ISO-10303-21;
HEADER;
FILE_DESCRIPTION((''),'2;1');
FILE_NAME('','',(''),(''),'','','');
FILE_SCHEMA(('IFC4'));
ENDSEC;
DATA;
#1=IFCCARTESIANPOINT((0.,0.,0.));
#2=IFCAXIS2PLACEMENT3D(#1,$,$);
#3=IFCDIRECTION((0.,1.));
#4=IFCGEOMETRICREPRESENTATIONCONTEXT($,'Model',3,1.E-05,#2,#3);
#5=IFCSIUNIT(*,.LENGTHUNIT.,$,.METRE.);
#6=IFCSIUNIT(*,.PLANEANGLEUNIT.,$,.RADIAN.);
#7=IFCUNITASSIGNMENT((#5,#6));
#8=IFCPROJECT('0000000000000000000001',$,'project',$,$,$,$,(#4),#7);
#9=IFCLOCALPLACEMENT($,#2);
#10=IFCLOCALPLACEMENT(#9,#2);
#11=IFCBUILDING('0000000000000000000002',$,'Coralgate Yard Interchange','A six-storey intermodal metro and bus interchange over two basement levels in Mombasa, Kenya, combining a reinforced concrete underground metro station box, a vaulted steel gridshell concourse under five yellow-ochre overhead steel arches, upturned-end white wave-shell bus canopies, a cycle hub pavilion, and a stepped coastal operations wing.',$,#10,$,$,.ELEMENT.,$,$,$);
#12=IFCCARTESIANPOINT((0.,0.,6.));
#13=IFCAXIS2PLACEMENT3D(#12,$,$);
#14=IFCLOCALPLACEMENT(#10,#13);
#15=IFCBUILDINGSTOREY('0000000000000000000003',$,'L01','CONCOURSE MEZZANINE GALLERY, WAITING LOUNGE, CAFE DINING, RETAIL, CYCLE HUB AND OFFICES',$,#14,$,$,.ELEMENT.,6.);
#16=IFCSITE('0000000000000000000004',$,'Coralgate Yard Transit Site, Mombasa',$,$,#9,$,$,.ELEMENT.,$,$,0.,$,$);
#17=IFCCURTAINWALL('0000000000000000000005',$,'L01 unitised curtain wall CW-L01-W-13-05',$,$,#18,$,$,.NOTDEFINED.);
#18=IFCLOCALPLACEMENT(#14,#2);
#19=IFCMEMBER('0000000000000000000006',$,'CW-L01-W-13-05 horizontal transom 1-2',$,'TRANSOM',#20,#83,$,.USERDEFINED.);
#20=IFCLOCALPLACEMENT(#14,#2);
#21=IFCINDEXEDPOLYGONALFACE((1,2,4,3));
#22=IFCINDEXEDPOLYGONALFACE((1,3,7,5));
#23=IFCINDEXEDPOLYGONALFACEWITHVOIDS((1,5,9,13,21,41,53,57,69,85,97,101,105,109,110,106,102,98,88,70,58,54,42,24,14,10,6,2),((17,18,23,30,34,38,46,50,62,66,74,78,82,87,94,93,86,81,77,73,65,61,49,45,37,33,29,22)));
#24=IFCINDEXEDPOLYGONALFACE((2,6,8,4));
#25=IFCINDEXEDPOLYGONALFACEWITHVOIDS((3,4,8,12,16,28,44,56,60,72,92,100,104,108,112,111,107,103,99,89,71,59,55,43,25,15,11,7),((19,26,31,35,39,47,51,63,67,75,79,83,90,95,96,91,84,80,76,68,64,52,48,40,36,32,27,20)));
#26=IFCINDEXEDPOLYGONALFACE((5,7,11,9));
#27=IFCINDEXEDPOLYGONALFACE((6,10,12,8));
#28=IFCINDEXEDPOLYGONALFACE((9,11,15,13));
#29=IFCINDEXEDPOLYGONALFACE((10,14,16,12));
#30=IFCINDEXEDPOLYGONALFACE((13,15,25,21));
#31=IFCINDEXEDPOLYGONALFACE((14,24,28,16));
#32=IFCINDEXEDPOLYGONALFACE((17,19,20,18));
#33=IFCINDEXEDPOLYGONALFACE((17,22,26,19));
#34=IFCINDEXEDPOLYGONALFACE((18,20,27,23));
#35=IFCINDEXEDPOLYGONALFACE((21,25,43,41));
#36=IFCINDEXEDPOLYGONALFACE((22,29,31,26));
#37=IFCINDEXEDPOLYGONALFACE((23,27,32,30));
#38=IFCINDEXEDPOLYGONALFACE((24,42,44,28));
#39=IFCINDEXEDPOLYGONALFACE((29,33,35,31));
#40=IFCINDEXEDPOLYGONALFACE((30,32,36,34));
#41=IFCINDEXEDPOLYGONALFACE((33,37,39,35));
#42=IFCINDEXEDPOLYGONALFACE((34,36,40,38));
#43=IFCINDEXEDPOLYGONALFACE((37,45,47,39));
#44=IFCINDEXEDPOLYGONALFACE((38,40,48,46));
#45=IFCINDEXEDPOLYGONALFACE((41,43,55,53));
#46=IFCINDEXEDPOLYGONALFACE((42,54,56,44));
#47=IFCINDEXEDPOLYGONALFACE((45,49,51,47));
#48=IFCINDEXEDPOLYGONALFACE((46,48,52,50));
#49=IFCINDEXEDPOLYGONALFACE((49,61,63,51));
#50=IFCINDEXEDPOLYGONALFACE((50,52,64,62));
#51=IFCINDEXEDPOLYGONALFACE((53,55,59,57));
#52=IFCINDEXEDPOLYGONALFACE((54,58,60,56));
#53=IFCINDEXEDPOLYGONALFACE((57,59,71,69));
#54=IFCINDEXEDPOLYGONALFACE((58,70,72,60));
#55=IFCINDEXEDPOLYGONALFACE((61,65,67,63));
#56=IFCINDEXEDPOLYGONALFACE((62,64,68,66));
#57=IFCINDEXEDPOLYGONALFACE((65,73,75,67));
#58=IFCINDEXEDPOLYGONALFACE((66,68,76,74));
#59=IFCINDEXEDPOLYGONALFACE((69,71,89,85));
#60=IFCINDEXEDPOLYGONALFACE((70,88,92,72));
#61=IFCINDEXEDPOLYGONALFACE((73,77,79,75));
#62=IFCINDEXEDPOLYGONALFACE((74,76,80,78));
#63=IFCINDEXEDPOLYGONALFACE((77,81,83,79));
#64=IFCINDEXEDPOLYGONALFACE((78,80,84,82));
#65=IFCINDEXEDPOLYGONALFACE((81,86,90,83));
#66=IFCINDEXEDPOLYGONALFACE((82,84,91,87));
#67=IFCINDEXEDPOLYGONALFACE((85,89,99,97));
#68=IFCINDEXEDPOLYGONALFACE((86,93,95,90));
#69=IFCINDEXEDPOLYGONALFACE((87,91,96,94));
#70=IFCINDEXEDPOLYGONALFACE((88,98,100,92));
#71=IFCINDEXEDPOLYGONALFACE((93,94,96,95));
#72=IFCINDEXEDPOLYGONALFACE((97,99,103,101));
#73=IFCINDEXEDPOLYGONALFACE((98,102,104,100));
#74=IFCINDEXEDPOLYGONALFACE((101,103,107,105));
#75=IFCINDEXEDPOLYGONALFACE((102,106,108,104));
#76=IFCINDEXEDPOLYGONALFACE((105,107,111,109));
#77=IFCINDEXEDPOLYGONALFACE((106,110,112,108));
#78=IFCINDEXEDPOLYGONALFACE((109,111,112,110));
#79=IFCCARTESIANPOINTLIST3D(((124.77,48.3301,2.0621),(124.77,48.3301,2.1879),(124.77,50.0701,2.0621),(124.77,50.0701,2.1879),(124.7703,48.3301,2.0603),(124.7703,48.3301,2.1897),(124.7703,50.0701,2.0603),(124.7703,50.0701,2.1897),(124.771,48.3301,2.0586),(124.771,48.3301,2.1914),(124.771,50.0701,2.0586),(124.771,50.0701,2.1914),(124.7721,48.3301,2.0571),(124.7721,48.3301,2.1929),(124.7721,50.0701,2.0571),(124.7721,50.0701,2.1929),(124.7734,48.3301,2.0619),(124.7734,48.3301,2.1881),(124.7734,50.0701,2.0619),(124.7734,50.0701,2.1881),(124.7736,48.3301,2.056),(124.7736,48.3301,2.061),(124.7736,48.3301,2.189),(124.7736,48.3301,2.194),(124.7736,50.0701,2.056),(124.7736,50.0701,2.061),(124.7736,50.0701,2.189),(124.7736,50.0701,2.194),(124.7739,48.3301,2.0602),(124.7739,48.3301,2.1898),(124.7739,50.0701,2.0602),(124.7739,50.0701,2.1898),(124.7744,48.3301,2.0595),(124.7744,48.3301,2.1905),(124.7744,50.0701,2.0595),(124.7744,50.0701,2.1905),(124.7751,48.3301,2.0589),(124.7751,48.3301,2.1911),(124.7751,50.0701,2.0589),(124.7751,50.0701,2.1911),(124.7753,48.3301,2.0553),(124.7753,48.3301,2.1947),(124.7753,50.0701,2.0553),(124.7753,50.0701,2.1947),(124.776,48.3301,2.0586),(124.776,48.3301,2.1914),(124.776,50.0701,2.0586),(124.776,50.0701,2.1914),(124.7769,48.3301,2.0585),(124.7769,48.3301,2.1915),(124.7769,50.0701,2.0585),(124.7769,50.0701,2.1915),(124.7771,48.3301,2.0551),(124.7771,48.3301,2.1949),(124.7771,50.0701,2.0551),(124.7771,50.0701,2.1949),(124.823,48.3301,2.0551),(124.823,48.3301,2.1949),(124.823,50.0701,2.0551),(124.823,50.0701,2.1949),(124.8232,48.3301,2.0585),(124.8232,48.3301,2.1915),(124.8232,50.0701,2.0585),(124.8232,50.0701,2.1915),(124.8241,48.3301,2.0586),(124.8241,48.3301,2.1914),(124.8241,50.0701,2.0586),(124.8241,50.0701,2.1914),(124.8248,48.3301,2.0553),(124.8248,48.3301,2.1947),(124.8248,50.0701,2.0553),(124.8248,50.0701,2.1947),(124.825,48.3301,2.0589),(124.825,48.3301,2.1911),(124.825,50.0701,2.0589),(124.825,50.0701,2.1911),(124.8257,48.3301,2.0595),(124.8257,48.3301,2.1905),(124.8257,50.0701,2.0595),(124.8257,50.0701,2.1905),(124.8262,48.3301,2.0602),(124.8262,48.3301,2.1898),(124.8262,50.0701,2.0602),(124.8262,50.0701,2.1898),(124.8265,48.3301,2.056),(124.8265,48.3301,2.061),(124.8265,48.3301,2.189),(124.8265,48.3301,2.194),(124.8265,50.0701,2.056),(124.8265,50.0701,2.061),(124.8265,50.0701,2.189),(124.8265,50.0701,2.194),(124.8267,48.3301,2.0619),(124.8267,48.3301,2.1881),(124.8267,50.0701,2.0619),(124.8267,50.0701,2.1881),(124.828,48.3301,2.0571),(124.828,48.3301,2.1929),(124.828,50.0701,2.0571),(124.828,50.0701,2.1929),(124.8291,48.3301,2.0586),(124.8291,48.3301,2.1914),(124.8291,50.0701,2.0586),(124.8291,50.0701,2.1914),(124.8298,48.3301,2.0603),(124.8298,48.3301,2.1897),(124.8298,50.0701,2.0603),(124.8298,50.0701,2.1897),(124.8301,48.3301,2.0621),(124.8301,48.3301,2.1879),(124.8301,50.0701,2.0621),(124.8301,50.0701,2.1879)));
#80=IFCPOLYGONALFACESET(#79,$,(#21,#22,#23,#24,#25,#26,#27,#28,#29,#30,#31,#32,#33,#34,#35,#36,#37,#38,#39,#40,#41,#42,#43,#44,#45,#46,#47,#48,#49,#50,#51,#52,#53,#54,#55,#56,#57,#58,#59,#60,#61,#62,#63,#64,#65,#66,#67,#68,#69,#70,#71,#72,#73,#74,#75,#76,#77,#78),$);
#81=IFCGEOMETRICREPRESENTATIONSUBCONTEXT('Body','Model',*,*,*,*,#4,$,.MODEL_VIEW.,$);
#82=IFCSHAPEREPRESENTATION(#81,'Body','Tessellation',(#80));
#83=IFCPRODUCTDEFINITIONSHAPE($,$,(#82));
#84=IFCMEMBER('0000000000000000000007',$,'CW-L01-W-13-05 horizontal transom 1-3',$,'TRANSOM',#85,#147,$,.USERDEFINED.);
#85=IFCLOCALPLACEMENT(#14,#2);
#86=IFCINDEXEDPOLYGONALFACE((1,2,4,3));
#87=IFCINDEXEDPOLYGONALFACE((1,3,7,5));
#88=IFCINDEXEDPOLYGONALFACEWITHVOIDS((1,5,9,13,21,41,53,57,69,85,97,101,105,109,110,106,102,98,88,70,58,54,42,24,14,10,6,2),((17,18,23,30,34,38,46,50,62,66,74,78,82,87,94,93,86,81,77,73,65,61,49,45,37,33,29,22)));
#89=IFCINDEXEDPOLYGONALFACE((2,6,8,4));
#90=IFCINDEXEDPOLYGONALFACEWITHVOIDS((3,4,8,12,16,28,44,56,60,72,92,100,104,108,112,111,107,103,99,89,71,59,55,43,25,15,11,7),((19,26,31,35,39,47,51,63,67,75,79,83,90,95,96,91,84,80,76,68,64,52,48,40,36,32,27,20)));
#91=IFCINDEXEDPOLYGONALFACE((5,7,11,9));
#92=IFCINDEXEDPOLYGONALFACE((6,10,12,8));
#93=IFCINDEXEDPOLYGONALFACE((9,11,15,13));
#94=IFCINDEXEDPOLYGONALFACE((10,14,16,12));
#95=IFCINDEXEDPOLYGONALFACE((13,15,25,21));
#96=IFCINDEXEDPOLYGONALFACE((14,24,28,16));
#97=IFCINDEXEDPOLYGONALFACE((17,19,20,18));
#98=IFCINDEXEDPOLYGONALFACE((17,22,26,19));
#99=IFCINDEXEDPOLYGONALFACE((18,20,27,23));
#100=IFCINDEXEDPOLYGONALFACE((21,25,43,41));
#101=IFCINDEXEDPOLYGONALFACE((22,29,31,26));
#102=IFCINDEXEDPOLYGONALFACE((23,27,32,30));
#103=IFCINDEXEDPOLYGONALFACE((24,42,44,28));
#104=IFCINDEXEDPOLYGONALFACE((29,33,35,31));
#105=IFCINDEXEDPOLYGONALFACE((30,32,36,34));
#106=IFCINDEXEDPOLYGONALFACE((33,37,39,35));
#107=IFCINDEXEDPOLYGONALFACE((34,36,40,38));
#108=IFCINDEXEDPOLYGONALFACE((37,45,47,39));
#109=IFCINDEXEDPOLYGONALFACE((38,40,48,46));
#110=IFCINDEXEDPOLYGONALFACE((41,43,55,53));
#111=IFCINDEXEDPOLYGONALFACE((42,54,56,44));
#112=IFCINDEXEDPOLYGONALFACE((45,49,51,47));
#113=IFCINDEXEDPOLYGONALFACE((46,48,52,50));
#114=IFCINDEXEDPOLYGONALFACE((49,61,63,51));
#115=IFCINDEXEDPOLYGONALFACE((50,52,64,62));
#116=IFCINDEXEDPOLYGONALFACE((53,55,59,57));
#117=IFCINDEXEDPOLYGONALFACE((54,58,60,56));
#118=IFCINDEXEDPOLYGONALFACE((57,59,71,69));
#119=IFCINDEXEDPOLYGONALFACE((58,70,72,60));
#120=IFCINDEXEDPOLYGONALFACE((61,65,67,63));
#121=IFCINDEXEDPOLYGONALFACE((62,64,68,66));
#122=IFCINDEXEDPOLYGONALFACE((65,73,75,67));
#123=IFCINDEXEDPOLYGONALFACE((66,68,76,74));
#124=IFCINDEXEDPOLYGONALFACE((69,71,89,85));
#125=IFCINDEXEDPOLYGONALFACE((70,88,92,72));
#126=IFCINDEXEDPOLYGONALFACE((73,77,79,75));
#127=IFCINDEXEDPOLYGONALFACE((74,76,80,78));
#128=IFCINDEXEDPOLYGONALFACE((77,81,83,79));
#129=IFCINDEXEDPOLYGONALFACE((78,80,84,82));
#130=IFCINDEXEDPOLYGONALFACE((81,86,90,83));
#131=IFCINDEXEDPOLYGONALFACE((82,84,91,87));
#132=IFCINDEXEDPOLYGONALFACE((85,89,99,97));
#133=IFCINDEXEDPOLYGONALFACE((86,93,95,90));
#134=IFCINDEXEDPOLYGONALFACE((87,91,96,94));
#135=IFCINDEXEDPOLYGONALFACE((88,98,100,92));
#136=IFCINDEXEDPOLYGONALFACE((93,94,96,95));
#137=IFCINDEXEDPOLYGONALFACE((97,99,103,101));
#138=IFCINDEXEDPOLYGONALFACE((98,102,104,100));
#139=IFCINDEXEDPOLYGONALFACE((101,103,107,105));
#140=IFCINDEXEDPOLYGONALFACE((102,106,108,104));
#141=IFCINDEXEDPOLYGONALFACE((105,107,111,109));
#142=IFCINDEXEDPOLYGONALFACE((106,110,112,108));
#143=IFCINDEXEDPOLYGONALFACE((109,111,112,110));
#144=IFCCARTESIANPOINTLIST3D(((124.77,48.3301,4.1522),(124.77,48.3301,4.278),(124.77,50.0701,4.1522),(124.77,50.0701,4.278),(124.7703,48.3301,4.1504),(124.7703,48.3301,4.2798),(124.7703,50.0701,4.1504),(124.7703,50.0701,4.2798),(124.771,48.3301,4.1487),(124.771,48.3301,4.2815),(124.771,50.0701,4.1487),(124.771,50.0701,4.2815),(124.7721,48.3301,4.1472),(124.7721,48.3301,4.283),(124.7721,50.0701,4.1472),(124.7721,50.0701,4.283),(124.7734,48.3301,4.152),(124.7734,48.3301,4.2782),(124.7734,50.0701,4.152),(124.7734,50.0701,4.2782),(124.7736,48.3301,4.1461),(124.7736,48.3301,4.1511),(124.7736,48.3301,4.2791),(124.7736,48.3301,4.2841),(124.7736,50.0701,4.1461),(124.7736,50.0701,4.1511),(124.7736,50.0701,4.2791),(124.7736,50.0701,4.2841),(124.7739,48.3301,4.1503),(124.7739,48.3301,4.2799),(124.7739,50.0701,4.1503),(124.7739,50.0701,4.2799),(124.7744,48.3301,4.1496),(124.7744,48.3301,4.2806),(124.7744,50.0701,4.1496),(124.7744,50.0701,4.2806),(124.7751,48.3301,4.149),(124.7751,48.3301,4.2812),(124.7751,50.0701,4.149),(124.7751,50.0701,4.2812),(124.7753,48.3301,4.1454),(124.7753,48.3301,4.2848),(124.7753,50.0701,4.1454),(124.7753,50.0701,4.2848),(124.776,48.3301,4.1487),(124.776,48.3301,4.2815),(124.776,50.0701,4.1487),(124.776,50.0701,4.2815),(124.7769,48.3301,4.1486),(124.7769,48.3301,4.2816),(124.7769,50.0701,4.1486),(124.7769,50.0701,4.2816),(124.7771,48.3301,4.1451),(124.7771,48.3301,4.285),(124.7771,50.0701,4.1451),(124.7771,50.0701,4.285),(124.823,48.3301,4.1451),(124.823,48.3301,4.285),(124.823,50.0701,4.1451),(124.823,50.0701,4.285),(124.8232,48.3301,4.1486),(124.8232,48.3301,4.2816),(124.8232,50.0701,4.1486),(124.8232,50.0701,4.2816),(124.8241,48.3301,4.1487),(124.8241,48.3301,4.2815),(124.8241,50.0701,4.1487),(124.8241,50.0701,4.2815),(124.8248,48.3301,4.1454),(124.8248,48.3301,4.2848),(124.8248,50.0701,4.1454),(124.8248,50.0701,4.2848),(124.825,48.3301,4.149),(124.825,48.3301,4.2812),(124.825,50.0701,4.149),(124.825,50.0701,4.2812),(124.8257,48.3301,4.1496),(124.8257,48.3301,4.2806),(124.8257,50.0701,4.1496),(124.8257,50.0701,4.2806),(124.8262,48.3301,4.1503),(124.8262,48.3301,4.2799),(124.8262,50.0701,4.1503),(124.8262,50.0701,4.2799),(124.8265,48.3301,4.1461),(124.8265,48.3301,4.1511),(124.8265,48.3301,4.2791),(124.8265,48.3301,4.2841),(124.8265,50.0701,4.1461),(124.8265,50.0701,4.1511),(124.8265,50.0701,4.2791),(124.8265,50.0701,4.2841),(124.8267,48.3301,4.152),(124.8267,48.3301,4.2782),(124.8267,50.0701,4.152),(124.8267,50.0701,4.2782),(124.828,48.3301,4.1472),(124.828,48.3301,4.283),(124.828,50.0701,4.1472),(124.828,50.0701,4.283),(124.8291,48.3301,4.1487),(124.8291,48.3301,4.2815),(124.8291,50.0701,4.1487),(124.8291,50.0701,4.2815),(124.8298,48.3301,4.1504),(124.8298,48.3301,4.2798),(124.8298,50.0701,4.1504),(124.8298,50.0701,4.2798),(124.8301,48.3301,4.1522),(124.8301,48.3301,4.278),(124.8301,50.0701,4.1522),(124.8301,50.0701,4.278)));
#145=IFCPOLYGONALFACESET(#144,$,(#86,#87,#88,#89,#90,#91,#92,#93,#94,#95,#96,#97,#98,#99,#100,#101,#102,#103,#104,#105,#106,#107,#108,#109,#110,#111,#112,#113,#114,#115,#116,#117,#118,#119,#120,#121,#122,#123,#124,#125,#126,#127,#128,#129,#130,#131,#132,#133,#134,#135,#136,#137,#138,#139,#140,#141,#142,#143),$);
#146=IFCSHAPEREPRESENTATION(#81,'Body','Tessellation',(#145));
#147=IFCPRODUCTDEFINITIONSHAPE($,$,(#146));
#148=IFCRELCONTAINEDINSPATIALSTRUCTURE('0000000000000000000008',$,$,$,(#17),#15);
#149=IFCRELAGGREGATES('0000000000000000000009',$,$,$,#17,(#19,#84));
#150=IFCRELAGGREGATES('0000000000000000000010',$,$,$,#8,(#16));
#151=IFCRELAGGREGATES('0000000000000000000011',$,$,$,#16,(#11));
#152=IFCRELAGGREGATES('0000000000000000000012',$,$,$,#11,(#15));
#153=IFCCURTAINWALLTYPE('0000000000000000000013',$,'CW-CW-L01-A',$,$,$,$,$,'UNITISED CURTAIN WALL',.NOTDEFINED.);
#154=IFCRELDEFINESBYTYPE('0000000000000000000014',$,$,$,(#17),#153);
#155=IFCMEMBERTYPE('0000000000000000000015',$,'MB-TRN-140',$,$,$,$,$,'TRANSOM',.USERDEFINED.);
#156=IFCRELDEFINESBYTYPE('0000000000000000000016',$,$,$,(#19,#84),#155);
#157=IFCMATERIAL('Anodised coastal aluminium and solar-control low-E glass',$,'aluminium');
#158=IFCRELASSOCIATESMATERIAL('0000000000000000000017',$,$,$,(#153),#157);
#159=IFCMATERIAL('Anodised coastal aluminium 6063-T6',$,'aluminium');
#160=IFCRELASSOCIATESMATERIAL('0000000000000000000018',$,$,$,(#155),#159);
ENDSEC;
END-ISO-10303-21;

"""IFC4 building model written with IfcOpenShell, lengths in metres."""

from ifc_helpers import new_model, si_unit, direction, frame, origin, origin_2d, place, context, subcontext, project, spatial, hollow_rectangle, extrude, material, material_profile, profile_set, type_object, element, aggregate, save


model = new_model("IFC4")

# Units and contexts
model_context = context("Model", 3, precision=1e-05, world=origin(), true_north=direction((0.0, 1.0)))
body_context = subcontext(model_context, "Body", "Model", "MODEL_VIEW")
ifc_project = project(units=[si_unit("LENGTHUNIT", "METRE"), si_unit("PLANEANGLEUNIT", "RADIAN")], contexts=[model_context])

# Site, building, storey
site_placement = place(None, origin())
site = spatial("IfcSite", under=ifc_project, at=site_placement, Name="Coralgate Yard Transit Site, Mombasa", CompositionType="ELEMENT", RefElevation=0.0)
building_placement = place(site_placement, origin())
building = spatial("IfcBuilding", under=site, at=building_placement, Name="Coralgate Yard Interchange", Description="A six-storey intermodal metro and bus interchange over two basement levels in Mombasa, Kenya, combining a reinforced concrete underground metro station box, a vaulted steel gridshell concourse under five yellow-ochre overhead steel arches, upturned-end white wave-shell bus canopies, a cycle hub pavilion, and a stepped coastal operations wing.", CompositionType="ELEMENT")
storey_placement = place(building_placement, frame((0.0, 0.0, 6.0)))
storey = spatial("IfcBuildingStorey", under=building, at=storey_placement, Name="L01", Description="CONCOURSE MEZZANINE GALLERY, WAITING LOUNGE, CAFE DINING, RETAIL, CYCLE HUB AND OFFICES", CompositionType="ELEMENT", Elevation=6.0)

# Curtain wall
ifc_material_1 = material(Name="Anodised coastal aluminium and solar-control low-E glass", Category="aluminium")
ifc_material_2 = material(Name="Anodised coastal aluminium 6063-T6", Category="aluminium")
curtain_wall_type_1 = type_object("IfcCurtainWallType", Name="CW-CW-L01-A", ElementType="UNITISED CURTAIN WALL", PredefinedType="NOTDEFINED", material=ifc_material_1)
curtain_wall_1_placement = place(storey_placement, origin())
curtain_wall_1 = element("IfcCurtainWall", 1, at=curtain_wall_1_placement, inside=storey, type_object=curtain_wall_type_1, Name="L01 unitised curtain wall CW-L01-W-13-05", PredefinedType="NOTDEFINED")

# Members
ifc_material_profile_1 = material_profile(ifc_material_2, hollow_rectangle(XDim=0.0601, YDim=0.1399, WallThickness=0.0034, InnerFilletRadius=0.0034, OuterFilletRadius=0.0071, at=origin_2d()), Name="ALU 60x140x3.5")
ifc_profile_set_1 = profile_set([ifc_material_profile_1], Name="Anodised coastal aluminium 6063-T6")
member_type_1 = type_object("IfcMemberType", Name="MB-TRN-140", ElementType="TRANSOM", PredefinedType="USERDEFINED", material=ifc_profile_set_1)
member_1_placement = place(storey_placement, frame((124.8, 48.3301, 2.125), z_axis=(0.0, 1.0, 0.0), x_axis=(-1.0, 0.0, 0.0)))
member_1 = element("IfcMember", 2, at=member_1_placement, type_object=member_type_1, Name="CW-L01-W-13-05 horizontal transom 1-2", ObjectType="TRANSOM", PredefinedType="USERDEFINED", context=body_context, shape_type="SweptSolid", body=[
    extrude(hollow_rectangle(XDim=0.0601, YDim=0.1399, WallThickness=0.0034, InnerFilletRadius=0.0034, OuterFilletRadius=0.0071, at=origin_2d()), origin(), (0.0, 0.0, 1.0), 1.74),
])
member_2_placement = place(storey_placement, frame((124.8, 48.3301, 4.2151), z_axis=(0.0, 1.0, 0.0), x_axis=(-1.0, 0.0, 0.0)))
member_2 = element("IfcMember", 3, at=member_2_placement, type_object=member_type_1, Name="CW-L01-W-13-05 horizontal transom 1-3", ObjectType="TRANSOM", PredefinedType="USERDEFINED", context=body_context, shape_type="SweptSolid", body=[
    extrude(hollow_rectangle(XDim=0.0601, YDim=0.1399, WallThickness=0.0034, InnerFilletRadius=0.0034, OuterFilletRadius=0.0071, at=origin_2d()), origin(), (0.0, 0.0, 1.0), 1.74),
])

aggregate(curtain_wall_1, [member_1, member_2])

save(model, "model.ifc")
